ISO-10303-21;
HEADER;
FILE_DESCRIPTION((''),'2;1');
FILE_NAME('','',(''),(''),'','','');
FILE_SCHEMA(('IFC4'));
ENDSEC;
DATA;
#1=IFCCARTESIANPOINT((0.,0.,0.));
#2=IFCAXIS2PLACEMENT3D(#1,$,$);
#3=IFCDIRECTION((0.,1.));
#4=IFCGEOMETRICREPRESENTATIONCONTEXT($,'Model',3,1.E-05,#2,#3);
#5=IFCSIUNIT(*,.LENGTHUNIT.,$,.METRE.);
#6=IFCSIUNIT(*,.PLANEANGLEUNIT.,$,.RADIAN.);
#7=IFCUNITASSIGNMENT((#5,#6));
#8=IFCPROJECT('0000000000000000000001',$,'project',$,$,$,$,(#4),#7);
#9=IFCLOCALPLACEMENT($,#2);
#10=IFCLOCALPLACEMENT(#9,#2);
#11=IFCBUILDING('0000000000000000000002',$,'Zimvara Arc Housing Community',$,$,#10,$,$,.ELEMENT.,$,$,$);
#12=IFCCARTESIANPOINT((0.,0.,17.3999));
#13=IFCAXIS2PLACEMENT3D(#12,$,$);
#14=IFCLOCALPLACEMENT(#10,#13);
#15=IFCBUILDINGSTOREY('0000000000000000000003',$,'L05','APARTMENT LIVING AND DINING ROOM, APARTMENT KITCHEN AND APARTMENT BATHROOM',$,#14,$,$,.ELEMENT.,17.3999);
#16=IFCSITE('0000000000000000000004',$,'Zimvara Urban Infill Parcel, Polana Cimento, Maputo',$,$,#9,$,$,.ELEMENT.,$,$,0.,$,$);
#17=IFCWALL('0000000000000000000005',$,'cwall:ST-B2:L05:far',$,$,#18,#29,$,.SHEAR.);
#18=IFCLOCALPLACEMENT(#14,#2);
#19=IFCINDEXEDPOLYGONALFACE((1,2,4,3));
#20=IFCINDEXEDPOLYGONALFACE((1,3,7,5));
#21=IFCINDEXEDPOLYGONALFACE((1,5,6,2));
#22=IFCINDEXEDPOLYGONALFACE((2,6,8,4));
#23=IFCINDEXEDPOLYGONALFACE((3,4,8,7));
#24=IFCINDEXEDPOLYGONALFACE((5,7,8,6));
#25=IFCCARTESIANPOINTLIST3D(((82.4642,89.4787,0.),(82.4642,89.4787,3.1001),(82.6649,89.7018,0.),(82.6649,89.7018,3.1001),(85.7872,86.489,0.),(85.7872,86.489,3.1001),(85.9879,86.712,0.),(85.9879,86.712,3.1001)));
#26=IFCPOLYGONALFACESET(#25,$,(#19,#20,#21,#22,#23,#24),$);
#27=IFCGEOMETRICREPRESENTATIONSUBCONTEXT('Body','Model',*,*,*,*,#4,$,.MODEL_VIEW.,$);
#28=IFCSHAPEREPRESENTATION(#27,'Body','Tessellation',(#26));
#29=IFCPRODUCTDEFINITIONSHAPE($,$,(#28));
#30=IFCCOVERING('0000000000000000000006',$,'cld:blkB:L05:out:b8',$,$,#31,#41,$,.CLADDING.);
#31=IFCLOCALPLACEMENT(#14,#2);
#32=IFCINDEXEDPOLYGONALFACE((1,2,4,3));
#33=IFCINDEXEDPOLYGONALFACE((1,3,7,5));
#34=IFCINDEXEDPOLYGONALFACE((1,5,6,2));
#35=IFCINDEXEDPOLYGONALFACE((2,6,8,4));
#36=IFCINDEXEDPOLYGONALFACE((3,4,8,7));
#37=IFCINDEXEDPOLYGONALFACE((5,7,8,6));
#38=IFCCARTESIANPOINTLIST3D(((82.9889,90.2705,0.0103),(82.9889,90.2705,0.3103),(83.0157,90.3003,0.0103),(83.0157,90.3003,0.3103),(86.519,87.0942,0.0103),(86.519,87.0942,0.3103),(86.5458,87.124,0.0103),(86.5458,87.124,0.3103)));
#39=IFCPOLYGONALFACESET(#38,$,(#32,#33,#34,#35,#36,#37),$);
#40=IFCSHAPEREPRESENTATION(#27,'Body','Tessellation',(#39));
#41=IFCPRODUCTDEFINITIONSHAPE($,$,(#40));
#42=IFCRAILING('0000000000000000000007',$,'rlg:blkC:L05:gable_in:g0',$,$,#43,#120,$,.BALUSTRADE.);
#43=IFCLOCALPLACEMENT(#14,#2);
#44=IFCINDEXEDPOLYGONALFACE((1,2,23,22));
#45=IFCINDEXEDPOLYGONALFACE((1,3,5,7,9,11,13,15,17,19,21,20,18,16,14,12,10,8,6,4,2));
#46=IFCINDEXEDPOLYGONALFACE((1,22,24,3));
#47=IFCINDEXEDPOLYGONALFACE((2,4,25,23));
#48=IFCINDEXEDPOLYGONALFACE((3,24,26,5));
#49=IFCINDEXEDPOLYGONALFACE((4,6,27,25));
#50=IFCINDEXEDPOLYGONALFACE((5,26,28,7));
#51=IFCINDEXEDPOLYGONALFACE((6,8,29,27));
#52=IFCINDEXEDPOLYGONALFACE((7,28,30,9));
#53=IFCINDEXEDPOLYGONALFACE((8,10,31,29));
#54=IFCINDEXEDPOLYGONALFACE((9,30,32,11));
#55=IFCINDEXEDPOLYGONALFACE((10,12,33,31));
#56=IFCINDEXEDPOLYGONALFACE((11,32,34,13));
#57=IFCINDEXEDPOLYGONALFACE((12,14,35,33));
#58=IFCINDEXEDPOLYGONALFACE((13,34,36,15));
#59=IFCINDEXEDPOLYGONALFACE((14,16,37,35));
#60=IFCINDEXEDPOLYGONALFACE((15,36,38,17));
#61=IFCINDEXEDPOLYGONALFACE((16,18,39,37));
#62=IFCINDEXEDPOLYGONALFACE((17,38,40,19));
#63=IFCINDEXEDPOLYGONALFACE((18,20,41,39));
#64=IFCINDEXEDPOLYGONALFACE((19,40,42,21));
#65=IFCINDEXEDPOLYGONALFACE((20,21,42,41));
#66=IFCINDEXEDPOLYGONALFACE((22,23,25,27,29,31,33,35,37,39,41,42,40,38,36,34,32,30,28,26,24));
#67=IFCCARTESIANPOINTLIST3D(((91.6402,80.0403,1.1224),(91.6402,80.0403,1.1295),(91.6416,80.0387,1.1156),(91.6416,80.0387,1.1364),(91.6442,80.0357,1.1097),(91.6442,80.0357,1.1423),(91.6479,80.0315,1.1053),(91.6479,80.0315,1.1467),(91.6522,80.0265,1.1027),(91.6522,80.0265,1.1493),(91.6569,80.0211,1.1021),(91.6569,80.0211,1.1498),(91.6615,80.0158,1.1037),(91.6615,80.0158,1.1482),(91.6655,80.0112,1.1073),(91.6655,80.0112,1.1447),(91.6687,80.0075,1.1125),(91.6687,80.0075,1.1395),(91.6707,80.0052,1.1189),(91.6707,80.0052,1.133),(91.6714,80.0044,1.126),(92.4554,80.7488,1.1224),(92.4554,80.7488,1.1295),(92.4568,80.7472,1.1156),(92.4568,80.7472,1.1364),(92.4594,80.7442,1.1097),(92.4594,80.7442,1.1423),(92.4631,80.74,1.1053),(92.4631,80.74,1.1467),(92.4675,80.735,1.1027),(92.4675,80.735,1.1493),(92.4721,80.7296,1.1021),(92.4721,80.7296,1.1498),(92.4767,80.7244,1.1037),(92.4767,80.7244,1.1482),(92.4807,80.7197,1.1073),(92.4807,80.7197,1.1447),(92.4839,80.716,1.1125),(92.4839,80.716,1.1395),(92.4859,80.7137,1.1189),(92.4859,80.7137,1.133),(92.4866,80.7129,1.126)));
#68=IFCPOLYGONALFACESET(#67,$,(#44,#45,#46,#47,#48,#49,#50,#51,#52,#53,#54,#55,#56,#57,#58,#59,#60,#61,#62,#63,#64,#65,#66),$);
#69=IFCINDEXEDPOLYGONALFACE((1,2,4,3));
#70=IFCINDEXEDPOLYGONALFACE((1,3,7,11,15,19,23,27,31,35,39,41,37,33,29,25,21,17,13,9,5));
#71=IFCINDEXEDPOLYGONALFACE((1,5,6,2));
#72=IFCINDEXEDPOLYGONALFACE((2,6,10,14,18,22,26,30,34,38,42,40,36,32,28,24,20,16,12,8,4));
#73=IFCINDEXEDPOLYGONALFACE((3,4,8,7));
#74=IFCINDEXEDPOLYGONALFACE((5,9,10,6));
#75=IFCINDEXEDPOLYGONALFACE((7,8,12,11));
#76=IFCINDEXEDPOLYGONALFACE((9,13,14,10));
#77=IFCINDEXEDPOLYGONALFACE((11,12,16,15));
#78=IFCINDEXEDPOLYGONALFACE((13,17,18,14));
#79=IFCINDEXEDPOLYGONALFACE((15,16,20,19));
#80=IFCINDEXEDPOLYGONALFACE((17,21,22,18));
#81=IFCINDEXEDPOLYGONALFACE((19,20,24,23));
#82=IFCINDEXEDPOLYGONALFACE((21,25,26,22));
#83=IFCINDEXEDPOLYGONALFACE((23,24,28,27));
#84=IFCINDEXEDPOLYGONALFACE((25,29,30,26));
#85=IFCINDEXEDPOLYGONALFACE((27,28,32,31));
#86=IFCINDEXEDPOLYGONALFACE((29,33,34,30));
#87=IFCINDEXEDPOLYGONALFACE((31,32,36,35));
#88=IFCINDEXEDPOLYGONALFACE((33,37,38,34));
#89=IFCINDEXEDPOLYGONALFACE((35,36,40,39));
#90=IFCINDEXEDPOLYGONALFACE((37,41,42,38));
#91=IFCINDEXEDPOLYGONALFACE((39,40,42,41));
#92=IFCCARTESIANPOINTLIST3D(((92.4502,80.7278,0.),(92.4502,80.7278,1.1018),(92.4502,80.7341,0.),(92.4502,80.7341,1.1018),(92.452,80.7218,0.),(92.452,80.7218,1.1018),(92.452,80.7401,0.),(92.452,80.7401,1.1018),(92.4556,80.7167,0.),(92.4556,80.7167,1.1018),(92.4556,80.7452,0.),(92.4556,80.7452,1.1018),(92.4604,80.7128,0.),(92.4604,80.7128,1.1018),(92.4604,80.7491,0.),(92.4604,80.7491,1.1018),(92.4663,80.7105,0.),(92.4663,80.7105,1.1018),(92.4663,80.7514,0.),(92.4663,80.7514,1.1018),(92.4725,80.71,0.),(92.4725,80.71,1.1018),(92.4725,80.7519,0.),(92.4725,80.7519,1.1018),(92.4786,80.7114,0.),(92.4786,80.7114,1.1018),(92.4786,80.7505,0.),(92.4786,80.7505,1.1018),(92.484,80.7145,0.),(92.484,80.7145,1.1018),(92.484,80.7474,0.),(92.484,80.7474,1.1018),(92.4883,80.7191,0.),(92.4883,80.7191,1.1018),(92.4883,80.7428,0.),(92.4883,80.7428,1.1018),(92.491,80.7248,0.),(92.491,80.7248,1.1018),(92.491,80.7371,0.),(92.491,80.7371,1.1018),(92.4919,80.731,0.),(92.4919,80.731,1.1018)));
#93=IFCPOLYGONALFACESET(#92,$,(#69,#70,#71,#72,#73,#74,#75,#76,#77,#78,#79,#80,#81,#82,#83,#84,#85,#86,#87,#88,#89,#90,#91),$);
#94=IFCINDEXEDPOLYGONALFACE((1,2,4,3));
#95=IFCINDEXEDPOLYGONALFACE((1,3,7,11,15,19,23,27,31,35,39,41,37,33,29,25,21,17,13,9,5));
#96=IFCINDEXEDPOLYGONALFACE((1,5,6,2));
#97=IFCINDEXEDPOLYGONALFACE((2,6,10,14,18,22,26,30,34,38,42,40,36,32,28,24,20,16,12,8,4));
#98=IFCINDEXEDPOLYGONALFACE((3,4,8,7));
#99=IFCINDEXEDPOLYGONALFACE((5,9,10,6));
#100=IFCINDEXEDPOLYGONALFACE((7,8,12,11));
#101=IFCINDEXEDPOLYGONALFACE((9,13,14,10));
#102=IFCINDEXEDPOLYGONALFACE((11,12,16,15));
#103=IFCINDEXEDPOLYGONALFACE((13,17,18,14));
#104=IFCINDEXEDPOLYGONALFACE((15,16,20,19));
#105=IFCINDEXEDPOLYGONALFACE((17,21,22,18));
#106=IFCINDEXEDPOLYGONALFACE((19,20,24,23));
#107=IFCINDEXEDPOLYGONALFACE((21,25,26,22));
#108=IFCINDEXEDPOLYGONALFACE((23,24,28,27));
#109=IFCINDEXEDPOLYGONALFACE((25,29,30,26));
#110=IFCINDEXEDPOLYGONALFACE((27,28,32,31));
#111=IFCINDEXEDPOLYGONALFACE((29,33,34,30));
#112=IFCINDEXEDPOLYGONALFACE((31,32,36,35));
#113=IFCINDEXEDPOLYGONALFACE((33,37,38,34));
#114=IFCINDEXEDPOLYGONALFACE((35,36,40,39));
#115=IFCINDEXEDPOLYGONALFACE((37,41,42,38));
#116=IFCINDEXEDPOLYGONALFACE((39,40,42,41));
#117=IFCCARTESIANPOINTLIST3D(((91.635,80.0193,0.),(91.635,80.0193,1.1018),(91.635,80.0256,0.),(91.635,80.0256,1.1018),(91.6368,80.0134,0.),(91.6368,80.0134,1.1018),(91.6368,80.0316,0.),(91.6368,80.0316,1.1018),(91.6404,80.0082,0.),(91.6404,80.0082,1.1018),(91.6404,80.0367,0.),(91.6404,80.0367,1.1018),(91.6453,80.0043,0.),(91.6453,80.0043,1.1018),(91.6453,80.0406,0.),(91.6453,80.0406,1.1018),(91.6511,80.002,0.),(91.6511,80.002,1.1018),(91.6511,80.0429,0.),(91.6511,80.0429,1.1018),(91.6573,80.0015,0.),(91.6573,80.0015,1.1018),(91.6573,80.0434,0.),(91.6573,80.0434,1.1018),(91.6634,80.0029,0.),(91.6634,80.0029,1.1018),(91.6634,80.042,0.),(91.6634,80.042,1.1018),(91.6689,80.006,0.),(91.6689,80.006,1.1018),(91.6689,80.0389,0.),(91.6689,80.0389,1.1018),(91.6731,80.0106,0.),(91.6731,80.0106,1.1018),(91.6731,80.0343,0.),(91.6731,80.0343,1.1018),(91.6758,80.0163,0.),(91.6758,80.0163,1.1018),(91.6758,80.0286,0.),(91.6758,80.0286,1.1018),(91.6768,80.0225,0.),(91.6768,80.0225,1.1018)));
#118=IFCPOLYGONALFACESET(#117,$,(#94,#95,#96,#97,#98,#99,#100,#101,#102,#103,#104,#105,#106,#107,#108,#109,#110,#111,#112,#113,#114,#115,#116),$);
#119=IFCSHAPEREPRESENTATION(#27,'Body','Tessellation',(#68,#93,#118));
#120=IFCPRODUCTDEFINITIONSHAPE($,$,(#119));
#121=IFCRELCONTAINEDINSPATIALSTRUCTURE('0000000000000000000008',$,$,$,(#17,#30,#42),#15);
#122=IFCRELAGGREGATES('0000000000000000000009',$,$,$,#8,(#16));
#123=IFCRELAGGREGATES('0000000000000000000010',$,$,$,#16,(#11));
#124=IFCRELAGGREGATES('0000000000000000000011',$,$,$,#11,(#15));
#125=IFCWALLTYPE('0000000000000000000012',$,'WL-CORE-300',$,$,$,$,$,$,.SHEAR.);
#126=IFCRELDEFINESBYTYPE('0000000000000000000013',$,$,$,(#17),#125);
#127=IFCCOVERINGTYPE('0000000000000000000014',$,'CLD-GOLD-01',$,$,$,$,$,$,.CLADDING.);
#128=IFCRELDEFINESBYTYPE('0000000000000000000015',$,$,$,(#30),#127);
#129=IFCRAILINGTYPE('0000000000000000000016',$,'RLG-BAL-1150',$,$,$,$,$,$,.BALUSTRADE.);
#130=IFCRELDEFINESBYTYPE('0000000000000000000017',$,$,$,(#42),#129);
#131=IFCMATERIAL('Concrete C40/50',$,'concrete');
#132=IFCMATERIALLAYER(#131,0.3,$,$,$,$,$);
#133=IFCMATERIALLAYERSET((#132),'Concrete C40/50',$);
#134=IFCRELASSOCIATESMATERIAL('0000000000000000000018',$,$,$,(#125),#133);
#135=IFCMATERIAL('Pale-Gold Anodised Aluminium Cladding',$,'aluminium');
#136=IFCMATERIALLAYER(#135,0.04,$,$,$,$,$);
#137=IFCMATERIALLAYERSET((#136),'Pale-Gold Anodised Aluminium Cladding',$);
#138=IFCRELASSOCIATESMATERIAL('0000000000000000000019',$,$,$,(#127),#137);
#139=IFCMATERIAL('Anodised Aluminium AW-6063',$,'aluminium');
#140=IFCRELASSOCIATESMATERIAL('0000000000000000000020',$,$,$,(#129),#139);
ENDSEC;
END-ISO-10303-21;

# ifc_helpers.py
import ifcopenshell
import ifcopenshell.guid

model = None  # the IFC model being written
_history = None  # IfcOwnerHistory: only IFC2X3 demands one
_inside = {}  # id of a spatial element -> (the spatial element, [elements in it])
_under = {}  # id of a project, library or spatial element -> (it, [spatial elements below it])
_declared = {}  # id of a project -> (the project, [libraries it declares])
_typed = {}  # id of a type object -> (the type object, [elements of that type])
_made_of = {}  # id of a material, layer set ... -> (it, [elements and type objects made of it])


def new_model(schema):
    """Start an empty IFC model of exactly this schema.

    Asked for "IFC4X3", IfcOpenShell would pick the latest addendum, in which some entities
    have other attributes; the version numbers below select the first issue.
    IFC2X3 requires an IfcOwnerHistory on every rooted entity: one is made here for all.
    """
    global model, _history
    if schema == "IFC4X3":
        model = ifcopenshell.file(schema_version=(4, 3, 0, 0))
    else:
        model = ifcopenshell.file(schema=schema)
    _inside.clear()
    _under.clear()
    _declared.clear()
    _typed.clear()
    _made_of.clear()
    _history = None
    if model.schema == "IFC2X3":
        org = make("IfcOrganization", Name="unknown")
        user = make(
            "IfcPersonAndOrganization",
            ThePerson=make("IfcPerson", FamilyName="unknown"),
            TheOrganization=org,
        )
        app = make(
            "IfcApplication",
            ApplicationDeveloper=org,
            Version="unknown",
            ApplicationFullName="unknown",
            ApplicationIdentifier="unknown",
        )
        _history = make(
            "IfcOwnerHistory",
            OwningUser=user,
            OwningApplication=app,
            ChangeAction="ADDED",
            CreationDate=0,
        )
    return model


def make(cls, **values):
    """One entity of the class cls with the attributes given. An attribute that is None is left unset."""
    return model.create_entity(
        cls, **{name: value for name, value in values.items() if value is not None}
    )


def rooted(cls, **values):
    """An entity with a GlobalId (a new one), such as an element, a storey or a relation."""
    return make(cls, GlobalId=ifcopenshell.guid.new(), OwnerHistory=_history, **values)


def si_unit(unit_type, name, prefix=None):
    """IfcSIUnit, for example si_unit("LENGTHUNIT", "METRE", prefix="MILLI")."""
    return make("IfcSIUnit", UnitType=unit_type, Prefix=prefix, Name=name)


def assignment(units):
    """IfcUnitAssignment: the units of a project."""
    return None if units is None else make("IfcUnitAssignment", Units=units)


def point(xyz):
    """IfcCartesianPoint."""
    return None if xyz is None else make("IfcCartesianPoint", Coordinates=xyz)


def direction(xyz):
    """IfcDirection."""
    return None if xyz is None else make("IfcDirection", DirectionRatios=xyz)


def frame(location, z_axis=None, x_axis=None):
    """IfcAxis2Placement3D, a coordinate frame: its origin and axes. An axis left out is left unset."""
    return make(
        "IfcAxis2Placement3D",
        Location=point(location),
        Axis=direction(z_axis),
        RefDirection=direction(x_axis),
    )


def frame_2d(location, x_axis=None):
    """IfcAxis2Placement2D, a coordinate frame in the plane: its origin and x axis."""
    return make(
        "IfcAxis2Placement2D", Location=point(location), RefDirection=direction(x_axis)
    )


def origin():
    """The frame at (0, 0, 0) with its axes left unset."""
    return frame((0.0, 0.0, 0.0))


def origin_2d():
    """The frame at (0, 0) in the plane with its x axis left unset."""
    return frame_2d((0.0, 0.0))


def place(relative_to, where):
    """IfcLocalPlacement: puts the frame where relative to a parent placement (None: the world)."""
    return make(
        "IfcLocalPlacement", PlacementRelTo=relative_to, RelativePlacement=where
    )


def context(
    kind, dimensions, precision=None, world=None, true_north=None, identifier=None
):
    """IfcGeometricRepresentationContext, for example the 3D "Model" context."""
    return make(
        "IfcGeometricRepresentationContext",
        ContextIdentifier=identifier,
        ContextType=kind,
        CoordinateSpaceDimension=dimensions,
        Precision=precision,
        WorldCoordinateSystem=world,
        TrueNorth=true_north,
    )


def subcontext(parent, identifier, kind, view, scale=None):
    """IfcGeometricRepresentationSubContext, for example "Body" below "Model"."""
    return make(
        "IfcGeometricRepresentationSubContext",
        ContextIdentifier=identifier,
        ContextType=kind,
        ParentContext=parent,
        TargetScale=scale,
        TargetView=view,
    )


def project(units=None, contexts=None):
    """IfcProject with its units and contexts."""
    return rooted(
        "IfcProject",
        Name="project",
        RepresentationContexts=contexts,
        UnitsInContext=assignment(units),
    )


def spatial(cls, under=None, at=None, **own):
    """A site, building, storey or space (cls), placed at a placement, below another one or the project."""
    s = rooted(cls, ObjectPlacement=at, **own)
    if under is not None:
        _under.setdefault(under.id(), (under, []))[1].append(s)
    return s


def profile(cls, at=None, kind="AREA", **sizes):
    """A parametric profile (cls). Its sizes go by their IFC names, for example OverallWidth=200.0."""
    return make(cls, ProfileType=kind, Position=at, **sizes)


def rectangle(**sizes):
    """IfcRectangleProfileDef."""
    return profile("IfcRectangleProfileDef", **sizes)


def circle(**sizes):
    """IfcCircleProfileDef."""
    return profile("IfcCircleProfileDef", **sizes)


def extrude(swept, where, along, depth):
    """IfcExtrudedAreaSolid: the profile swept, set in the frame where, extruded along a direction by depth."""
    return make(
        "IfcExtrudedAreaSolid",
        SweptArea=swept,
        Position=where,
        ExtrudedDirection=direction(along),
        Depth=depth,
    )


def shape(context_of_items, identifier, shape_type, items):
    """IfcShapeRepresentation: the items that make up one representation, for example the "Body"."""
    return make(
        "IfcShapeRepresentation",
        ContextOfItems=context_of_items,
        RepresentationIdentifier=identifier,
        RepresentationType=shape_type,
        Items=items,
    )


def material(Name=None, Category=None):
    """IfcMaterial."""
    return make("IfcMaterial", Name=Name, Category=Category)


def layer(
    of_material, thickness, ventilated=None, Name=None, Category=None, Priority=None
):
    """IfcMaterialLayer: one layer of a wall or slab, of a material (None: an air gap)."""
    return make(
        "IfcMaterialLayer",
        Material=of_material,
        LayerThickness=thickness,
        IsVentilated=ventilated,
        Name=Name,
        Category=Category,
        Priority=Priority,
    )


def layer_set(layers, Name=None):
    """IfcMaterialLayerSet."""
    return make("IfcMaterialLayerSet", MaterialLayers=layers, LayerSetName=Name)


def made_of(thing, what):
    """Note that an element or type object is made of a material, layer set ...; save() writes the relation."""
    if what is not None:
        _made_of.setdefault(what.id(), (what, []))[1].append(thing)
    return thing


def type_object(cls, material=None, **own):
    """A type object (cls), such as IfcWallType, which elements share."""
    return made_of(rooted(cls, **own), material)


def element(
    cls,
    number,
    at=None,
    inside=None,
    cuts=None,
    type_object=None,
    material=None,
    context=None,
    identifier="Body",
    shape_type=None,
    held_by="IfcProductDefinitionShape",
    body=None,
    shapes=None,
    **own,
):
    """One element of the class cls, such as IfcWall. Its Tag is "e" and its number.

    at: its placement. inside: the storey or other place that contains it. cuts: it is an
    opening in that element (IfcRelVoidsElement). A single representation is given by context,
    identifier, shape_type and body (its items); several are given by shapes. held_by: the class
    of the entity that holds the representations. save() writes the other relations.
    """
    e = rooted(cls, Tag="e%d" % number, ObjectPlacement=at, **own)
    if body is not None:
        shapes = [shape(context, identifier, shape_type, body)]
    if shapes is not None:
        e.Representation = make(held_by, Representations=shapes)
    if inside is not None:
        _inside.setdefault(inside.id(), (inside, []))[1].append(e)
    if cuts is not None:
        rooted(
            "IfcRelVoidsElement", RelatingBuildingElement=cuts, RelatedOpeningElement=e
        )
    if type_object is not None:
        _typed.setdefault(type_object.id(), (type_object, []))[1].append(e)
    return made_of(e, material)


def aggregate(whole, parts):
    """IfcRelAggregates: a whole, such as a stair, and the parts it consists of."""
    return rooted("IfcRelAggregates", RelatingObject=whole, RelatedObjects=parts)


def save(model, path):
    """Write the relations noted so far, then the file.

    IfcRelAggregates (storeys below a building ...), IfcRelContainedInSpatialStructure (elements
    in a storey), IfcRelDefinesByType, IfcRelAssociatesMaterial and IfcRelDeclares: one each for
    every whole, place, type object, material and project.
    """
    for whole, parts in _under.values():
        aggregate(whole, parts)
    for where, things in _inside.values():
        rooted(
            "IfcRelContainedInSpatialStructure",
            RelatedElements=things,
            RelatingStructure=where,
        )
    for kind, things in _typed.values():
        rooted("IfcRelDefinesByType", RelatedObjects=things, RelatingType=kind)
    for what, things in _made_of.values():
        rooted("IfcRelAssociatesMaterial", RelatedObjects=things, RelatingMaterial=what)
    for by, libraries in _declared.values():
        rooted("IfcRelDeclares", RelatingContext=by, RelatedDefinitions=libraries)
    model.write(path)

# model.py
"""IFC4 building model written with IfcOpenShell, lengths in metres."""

from ifc_helpers import new_model, si_unit, direction, frame, frame_2d, origin, origin_2d, place, context, subcontext, project, spatial, rectangle, circle, extrude, material, layer, layer_set, type_object, element, save


model = new_model("IFC4")

# Units and contexts
model_context = context("Model", 3, precision=1e-05, world=origin(), true_north=direction((0.0, 1.0)))
body_context = subcontext(model_context, "Body", "Model", "MODEL_VIEW")
ifc_project = project(units=[si_unit("LENGTHUNIT", "METRE"), si_unit("PLANEANGLEUNIT", "RADIAN")], contexts=[model_context])

# Site, building, storey
site_placement = place(None, origin())
site = spatial("IfcSite", under=ifc_project, at=site_placement, Name="Zimvara Urban Infill Parcel, Polana Cimento, Maputo", CompositionType="ELEMENT", RefElevation=0.0)
building_placement = place(site_placement, origin())
building = spatial("IfcBuilding", under=site, at=building_placement, Name="Zimvara Arc Housing Community", CompositionType="ELEMENT")
storey_placement = place(building_placement, frame((0.0, 0.0, 17.3999)))
storey = spatial("IfcBuildingStorey", under=building, at=storey_placement, Name="L05", Description="APARTMENT LIVING AND DINING ROOM, APARTMENT KITCHEN AND APARTMENT BATHROOM", CompositionType="ELEMENT", Elevation=17.3999)

# Wall
ifc_material_1 = material(Name="Concrete C40/50", Category="concrete")
ifc_layer_1 = layer(ifc_material_1, 0.3)
ifc_layer_set_1 = layer_set([ifc_layer_1], Name="Concrete C40/50")
wall_type_1 = type_object("IfcWallType", Name="WL-CORE-300", PredefinedType="SHEAR", material=ifc_layer_set_1)
wall_1_placement = place(storey_placement, frame((85.8875, 86.6006, 0.0), z_axis=(0.0, 0.0, 1.0), x_axis=(-0.7434, 0.668847, 0.0)))
element("IfcWall", 1, at=wall_1_placement, inside=storey, type_object=wall_type_1, Name="cwall:ST-B2:L05:far", PredefinedType="SHEAR", context=body_context, shape_type="SweptSolid", body=[
    extrude(rectangle(XDim=4.47, YDim=0.3, at=frame_2d((2.2349, 0.0))), origin(), (0.0, 0.0, 1.0), 3.1001),
])

# Covering
ifc_material_2 = material(Name="Pale-Gold Anodised Aluminium Cladding", Category="aluminium")
ifc_layer_2 = layer(ifc_material_2, 0.04)
ifc_layer_set_2 = layer_set([ifc_layer_2], Name="Pale-Gold Anodised Aluminium Cladding")
covering_type = type_object("IfcCoveringType", Name="CLD-GOLD-01", PredefinedType="CLADDING", material=ifc_layer_set_2)
covering_placement = place(storey_placement, frame((84.7673, 88.6973, 0.0103), z_axis=(0.0, 0.0, 1.0), x_axis=(0.743377, -0.668872, 0.0)))
element("IfcCovering", 2, at=covering_placement, inside=storey, type_object=covering_type, Name="cld:blkB:L05:out:b8", PredefinedType="CLADDING", context=body_context, shape_type="SweptSolid", body=[
    extrude(rectangle(XDim=4.7488, YDim=0.04, at=origin_2d()), origin(), (0.0, 0.0, 1.0), 0.3),
])

# Railing
ifc_material_3 = material(Name="Anodised Aluminium AW-6063", Category="aluminium")
railing_type = type_object("IfcRailingType", Name="RLG-BAL-1150", PredefinedType="BALUSTRADE", material=ifc_material_3)
railing_placement = place(storey_placement, frame((92.4709, 80.731, 0.0)))
element("IfcRailing", 3, at=railing_placement, inside=storey, type_object=railing_type, Name="rlg:blkC:L05:gable_in:g0", PredefinedType="BALUSTRADE", context=body_context, shape_type="SweptSolid", body=[
    extrude(circle(Radius=0.0239, at=origin_2d()), frame((0.0, 0.0, 1.126), z_axis=(-0.754771, -0.655988, 0.0), x_axis=(0.655988, -0.754771, 0.0)), (0.0, 0.0, 1.0), 1.0801),
    extrude(circle(Radius=0.021, at=origin_2d()), origin(), (0.0, 0.0, 1.0), 1.1018),
    extrude(circle(Radius=0.021, at=origin_2d()), frame((-0.8152, -0.7085, 0.0)), (0.0, 0.0, 1.0), 1.1018),
])

save(model, "model.ifc")
